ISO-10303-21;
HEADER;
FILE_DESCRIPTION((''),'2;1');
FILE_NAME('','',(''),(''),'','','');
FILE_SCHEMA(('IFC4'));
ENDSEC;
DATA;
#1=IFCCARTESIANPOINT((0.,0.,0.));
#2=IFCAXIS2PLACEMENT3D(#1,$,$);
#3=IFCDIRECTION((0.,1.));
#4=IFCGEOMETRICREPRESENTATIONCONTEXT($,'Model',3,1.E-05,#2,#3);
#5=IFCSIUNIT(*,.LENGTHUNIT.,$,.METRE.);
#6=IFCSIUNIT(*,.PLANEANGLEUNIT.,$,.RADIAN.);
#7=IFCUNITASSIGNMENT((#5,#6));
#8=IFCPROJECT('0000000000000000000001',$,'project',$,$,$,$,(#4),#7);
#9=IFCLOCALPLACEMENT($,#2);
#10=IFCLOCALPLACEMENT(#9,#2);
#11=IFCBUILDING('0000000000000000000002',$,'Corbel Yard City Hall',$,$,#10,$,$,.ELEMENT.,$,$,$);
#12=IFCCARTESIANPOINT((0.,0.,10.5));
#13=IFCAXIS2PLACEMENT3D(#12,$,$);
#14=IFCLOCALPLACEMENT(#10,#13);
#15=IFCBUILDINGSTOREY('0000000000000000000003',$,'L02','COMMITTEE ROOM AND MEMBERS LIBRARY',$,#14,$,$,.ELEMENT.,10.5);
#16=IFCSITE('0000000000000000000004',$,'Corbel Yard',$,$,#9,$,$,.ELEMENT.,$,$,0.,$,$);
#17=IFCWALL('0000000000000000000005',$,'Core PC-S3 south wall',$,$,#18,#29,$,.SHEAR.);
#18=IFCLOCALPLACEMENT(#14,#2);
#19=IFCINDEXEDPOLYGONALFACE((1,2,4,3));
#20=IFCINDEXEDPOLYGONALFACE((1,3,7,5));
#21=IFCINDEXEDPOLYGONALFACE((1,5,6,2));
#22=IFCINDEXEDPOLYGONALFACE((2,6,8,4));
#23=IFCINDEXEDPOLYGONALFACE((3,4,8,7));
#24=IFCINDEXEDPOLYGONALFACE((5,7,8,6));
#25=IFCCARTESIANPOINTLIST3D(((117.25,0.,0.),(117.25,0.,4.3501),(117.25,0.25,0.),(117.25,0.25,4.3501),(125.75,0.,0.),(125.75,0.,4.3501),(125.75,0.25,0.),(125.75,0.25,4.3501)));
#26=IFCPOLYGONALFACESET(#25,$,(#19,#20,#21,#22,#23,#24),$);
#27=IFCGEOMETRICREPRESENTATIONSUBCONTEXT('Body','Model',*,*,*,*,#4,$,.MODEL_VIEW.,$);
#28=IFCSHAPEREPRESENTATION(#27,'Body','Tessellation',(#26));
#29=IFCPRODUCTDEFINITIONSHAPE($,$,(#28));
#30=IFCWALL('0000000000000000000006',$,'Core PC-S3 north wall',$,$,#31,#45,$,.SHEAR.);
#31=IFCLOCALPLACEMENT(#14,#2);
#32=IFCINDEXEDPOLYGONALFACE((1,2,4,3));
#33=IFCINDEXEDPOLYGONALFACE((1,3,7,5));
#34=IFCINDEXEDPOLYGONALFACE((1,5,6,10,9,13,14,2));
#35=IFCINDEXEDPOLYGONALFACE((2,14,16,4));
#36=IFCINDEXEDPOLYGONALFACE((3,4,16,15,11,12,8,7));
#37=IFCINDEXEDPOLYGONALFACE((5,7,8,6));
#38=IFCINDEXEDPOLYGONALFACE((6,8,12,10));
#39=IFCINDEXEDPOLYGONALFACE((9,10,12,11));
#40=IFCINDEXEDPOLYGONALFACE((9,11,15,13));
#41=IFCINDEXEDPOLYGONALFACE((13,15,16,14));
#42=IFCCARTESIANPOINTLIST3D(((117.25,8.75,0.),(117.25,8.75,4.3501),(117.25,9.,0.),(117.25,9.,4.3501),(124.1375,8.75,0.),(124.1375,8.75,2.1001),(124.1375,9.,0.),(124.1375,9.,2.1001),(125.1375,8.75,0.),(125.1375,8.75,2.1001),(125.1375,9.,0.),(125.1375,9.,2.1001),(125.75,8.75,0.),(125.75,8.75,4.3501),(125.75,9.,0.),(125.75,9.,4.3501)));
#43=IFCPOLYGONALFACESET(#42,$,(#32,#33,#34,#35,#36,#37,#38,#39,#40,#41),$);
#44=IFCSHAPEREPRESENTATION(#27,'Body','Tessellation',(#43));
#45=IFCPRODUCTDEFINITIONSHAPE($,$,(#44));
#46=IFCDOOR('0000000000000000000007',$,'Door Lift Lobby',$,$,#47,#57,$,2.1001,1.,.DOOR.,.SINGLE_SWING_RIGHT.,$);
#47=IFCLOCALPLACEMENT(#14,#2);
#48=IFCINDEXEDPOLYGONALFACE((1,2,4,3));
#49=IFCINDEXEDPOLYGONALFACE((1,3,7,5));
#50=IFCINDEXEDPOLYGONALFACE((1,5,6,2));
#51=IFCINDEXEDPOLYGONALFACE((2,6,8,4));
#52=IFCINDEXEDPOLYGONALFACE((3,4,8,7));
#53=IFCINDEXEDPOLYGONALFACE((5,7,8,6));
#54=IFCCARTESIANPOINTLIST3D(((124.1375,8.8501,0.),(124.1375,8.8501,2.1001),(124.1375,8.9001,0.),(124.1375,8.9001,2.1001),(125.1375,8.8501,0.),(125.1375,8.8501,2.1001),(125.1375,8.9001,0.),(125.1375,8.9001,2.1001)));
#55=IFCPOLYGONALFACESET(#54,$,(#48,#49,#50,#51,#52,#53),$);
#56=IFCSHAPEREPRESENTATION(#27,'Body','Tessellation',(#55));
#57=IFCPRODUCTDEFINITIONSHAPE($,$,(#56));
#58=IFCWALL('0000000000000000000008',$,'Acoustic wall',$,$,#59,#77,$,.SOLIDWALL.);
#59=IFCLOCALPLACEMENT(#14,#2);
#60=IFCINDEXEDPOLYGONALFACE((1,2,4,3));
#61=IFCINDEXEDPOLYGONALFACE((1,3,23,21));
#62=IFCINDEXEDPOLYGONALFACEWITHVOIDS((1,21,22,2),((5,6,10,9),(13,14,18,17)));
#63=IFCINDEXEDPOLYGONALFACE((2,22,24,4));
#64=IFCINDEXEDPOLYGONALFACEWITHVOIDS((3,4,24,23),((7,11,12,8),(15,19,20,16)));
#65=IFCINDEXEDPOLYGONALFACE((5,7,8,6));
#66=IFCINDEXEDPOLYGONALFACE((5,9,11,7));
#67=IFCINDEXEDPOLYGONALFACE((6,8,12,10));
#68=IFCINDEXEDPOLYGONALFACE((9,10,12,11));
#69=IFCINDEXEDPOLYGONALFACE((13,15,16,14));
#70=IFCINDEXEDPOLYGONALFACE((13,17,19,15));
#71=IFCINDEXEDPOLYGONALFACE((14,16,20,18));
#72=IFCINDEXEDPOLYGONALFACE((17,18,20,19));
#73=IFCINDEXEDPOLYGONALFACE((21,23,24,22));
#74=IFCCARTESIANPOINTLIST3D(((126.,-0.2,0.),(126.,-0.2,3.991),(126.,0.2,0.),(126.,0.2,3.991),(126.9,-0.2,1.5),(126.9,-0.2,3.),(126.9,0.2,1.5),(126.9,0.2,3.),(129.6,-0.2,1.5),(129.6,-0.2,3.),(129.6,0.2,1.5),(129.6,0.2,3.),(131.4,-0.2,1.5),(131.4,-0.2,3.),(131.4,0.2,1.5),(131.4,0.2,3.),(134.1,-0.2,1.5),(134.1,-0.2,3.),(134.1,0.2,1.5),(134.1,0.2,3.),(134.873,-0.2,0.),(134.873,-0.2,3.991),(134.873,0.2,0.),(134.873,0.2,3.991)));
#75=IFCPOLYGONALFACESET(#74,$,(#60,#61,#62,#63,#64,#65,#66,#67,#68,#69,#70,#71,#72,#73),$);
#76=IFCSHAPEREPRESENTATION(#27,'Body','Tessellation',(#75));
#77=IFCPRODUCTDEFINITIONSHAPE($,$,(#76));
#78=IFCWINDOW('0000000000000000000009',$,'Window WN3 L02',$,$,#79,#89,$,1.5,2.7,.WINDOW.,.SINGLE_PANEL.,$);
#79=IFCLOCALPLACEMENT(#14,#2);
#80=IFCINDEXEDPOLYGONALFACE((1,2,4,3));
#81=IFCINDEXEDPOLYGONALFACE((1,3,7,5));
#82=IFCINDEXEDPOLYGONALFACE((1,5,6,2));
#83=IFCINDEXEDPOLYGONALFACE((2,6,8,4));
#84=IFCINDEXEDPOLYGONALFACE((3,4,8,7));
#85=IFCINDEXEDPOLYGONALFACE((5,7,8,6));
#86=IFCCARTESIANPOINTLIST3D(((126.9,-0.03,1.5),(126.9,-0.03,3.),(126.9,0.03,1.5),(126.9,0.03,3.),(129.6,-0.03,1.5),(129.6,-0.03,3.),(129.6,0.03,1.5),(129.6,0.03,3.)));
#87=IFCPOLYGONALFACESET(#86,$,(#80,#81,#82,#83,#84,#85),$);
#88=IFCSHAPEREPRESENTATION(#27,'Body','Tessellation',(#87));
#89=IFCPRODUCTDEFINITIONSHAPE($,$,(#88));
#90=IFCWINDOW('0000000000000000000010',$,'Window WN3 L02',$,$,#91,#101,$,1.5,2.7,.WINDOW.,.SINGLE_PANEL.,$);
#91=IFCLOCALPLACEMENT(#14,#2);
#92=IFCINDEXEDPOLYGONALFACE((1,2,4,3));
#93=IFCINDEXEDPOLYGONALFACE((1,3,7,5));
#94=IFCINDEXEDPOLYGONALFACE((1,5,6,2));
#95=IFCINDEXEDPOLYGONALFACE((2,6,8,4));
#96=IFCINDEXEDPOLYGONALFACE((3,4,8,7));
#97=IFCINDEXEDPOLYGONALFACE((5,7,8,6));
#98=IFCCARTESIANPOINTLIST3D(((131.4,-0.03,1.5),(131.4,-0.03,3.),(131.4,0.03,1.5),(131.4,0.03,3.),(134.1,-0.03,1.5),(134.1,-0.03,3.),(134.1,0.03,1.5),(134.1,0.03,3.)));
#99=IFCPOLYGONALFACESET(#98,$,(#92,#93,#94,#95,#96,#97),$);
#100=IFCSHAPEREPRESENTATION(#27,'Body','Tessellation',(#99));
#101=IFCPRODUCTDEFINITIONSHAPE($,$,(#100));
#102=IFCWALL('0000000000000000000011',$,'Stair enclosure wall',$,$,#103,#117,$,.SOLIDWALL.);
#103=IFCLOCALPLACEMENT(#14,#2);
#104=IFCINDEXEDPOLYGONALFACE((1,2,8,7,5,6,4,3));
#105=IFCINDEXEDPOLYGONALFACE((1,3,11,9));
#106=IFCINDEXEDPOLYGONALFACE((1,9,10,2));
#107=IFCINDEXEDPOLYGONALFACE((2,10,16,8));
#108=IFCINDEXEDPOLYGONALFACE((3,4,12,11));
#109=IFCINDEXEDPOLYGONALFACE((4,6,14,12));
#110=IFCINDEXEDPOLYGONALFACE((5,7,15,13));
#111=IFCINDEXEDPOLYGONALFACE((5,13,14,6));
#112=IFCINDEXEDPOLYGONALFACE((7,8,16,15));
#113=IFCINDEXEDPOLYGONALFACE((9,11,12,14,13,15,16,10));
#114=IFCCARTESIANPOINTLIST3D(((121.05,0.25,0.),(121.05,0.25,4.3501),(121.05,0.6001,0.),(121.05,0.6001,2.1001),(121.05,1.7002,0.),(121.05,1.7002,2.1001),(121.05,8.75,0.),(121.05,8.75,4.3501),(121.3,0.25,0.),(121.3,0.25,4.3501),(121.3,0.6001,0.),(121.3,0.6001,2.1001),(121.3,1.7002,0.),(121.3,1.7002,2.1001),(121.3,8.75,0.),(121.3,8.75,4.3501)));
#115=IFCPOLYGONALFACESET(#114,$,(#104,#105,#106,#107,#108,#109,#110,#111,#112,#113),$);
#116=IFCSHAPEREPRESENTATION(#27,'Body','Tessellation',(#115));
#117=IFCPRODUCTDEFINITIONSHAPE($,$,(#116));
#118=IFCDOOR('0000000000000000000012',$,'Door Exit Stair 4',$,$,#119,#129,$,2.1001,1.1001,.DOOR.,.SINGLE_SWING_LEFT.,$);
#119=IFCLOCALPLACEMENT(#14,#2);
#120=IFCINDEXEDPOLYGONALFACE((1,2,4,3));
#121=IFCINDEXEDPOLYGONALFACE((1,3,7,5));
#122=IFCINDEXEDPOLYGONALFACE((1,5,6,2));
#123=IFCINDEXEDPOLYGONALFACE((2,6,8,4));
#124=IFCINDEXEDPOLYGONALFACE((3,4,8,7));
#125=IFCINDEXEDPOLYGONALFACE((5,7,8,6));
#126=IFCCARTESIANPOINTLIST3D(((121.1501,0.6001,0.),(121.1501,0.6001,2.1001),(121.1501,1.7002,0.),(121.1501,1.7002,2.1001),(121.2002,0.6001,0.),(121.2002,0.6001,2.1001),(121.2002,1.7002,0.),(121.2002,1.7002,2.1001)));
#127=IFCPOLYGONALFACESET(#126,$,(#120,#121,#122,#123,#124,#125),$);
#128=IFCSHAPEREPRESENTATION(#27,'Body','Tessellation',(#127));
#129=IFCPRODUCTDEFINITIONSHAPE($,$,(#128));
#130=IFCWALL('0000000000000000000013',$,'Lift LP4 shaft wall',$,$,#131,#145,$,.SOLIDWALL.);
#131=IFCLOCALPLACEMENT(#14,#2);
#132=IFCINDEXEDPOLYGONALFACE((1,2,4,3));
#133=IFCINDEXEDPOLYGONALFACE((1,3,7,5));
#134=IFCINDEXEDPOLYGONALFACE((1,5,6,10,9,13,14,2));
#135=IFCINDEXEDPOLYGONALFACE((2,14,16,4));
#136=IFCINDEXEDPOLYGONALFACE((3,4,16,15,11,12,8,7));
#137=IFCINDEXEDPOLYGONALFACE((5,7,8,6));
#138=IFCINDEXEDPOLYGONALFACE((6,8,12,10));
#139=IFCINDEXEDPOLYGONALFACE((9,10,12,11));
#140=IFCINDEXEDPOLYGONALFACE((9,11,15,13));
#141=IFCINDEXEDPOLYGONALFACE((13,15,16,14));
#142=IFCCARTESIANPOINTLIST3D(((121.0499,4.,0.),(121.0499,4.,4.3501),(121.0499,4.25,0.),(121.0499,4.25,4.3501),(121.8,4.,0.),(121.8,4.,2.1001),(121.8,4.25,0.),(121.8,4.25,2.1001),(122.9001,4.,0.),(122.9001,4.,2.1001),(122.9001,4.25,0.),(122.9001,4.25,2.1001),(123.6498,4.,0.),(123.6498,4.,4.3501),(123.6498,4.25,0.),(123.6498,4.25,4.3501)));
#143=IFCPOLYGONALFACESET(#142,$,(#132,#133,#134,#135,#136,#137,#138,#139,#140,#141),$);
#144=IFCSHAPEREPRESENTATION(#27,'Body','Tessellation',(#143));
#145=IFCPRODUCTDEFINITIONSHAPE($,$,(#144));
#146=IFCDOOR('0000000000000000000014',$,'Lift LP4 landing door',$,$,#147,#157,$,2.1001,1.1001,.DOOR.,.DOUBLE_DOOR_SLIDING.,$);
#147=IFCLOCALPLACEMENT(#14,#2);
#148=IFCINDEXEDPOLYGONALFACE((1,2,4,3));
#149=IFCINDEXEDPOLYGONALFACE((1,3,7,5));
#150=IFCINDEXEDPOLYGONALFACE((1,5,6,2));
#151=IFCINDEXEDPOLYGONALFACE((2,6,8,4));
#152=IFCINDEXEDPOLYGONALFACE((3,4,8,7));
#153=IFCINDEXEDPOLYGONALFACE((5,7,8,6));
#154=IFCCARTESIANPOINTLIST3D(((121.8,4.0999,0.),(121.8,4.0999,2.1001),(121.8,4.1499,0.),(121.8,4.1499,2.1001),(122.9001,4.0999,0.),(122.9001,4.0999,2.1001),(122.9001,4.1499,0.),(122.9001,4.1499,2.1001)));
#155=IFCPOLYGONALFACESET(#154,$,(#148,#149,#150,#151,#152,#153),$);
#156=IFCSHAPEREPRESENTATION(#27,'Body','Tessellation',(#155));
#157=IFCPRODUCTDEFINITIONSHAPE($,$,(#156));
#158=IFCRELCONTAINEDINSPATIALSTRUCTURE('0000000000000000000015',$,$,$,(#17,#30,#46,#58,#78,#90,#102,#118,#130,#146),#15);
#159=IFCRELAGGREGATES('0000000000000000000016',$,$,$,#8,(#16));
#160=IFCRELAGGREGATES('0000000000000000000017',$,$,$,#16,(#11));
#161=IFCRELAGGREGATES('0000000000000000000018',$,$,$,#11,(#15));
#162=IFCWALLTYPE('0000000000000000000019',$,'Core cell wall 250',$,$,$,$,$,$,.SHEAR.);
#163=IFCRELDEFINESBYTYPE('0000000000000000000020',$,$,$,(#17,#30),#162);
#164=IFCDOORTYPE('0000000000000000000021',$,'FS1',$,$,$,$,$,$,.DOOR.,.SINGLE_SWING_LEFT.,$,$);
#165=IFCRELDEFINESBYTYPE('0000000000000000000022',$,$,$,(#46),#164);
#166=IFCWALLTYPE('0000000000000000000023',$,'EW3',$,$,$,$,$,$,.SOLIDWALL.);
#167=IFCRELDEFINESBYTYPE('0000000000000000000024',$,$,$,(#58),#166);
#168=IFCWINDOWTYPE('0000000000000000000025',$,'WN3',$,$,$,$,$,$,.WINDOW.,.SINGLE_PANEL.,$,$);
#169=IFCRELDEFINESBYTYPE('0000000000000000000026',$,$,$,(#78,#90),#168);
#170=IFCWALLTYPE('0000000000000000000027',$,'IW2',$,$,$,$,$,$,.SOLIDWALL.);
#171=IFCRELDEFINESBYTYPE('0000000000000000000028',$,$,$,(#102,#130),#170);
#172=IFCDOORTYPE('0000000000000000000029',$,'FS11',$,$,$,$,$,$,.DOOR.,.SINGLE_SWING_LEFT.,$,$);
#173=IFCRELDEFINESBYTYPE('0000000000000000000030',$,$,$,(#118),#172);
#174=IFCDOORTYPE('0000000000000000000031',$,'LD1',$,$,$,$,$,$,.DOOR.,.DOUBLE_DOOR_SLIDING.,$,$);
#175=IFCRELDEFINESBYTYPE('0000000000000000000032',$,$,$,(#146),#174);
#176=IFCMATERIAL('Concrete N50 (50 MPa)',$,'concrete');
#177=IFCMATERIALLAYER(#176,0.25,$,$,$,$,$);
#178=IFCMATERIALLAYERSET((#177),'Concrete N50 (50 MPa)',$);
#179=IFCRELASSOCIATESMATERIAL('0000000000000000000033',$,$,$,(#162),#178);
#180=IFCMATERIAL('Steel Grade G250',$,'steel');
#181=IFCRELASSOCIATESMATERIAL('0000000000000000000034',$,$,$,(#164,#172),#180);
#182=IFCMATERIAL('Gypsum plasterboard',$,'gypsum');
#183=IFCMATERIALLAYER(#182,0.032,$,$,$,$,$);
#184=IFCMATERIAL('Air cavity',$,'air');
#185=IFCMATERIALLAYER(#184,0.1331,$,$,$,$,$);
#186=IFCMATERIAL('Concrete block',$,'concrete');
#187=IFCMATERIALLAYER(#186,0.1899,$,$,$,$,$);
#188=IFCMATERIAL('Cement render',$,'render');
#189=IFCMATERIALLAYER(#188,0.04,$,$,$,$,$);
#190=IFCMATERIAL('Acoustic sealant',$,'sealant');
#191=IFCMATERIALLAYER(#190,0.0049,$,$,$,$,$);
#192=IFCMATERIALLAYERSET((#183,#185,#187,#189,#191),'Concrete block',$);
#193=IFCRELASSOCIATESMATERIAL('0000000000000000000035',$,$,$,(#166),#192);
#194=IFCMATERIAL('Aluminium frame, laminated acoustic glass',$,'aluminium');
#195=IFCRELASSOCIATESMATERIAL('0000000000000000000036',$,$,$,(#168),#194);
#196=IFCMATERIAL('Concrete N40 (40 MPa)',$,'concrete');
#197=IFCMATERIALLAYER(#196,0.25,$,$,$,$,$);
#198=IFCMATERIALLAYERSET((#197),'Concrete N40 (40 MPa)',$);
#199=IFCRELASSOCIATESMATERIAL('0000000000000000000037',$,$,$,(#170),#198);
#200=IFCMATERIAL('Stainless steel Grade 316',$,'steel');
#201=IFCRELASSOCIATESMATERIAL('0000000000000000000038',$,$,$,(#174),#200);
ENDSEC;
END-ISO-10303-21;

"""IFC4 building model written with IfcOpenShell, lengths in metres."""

from ifc_helpers import new_model, si_unit, direction, frame, frame_2d, origin, place, context, subcontext, project, spatial, rectangle, extrude, material, layer, layer_set, type_object, element, fill, save


model = new_model("IFC4")

# Units and contexts
model_context = context("Model", 3, precision=1e-05, world=origin(), true_north=direction((0.0, 1.0)))
body_context = subcontext(model_context, "Body", "Model", "MODEL_VIEW")
ifc_project = project(units=[si_unit("LENGTHUNIT", "METRE"), si_unit("PLANEANGLEUNIT", "RADIAN")], contexts=[model_context])

# Site, building, storey
site_placement = place(None, origin())
site = spatial("IfcSite", under=ifc_project, at=site_placement, Name="Corbel Yard", CompositionType="ELEMENT", RefElevation=0.0)
building_placement = place(site_placement, origin())
building = spatial("IfcBuilding", under=site, at=building_placement, Name="Corbel Yard City Hall", CompositionType="ELEMENT")
storey_placement = place(building_placement, frame((0.0, 0.0, 10.5)))
storey = spatial("IfcBuildingStorey", under=building, at=storey_placement, Name="L02", Description="COMMITTEE ROOM AND MEMBERS LIBRARY", CompositionType="ELEMENT", Elevation=10.5)

# Wall
ifc_material_1 = material(Name="Concrete N50 (50 MPa)", Category="concrete")
ifc_layer_1 = layer(ifc_material_1, 0.25)
ifc_layer_set_1 = layer_set([ifc_layer_1], Name="Concrete N50 (50 MPa)")
wall_type_1 = type_object("IfcWallType", Name="Core cell wall 250", PredefinedType="SHEAR", material=ifc_layer_set_1)
wall_1_placement = place(storey_placement, frame((117.25, 0.125, 0.0), z_axis=(0.0, 0.0, 1.0), x_axis=(1.0, 0.0, 0.0)))
element("IfcWall", 1, at=wall_1_placement, inside=storey, type_object=wall_type_1, Name="Core PC-S3 south wall", PredefinedType="SHEAR", context=body_context, shape_type="SweptSolid", body=[
    extrude(rectangle(XDim=8.5, YDim=0.25, at=frame_2d((4.25, 0.0))), origin(), (0.0, 0.0, 1.0), 4.3501),
])

# Wall, opening, door
wall_2_placement = place(storey_placement, frame((117.25, 8.875, 0.0), z_axis=(0.0, 0.0, 1.0), x_axis=(1.0, 0.0, 0.0)))
wall_2 = element("IfcWall", 2, at=wall_2_placement, inside=storey, type_object=wall_type_1, Name="Core PC-S3 north wall", PredefinedType="SHEAR", context=body_context, shape_type="SweptSolid", body=[
    extrude(rectangle(XDim=8.5, YDim=0.25, at=frame_2d((4.25, 0.0))), origin(), (0.0, 0.0, 1.0), 4.3501),
])
opening_1_placement = place(wall_2_placement, frame((6.8875, 0.0, 0.0)))
opening_1 = element("IfcOpeningElement", 3, at=opening_1_placement, cuts=wall_2, PredefinedType="OPENING", context=body_context, shape_type="SweptSolid", body=[
    extrude(rectangle(XDim=1.0, YDim=2.1001, at=frame_2d((0.5, 1.05))), frame((0.0, 0.135, 0.0), z_axis=(0.0, -1.0, 0.0), x_axis=(1.0, 0.0, 0.0)), (0.0, 0.0, 1.0), 0.27),
])
ifc_material_2 = material(Name="Steel Grade G250", Category="steel")
door_type_1 = type_object("IfcDoorType", Name="FS1", OperationType="SINGLE_SWING_LEFT", PredefinedType="DOOR", material=ifc_material_2)
door_1_placement = place(opening_1_placement, frame((1.0, 0.0, 0.0), z_axis=(0.0, 0.0, 1.0), x_axis=(-1.0, 0.0, 0.0)))
door_1 = element("IfcDoor", 4, at=door_1_placement, inside=storey, type_object=door_type_1, Name="Door Lift Lobby", OperationType="SINGLE_SWING_RIGHT", OverallHeight=2.1001, OverallWidth=1.0, PredefinedType="DOOR", context=body_context, shape_type="SweptSolid", body=[
    extrude(rectangle(XDim=1.0, YDim=2.1001, at=frame_2d((0.5, 1.05))), frame((0.0, 0.0249, 0.0), z_axis=(0.0, -1.0, 0.0), x_axis=(1.0, 0.0, 0.0)), (0.0, 0.0, 1.0), 0.05),
])
fill(opening_1, door_1)

# Wall, openings, windows
ifc_material_3 = material(Name="Gypsum plasterboard", Category="gypsum")
ifc_layer_2 = layer(ifc_material_3, 0.032)
ifc_material_4 = material(Name="Air cavity", Category="air")
ifc_layer_3 = layer(ifc_material_4, 0.1331)
ifc_material_5 = material(Name="Concrete block", Category="concrete")
ifc_layer_4 = layer(ifc_material_5, 0.1899)
ifc_material_6 = material(Name="Cement render", Category="render")
ifc_layer_5 = layer(ifc_material_6, 0.04)
ifc_material_7 = material(Name="Acoustic sealant", Category="sealant")
ifc_layer_6 = layer(ifc_material_7, 0.0049)
ifc_layer_set_2 = layer_set([ifc_layer_2, ifc_layer_3, ifc_layer_4, ifc_layer_5, ifc_layer_6], Name="Concrete block")
wall_type_2 = type_object("IfcWallType", Name="EW3", PredefinedType="SOLIDWALL", material=ifc_layer_set_2)
wall_3_placement = place(storey_placement, frame((126.0, 0.0, 0.0), z_axis=(0.0, 0.0, 1.0), x_axis=(1.0, 0.0, 0.0)))
wall_3 = element("IfcWall", 5, at=wall_3_placement, inside=storey, type_object=wall_type_2, Name="Acoustic wall", PredefinedType="SOLIDWALL", context=body_context, shape_type="SweptSolid", body=[
    extrude(rectangle(XDim=8.873, YDim=0.3999, at=frame_2d((4.4365, 0.0))), origin(), (0.0, 0.0, 1.0), 3.991),
])
opening_2_placement = place(wall_3_placement, frame((0.8999, 0.0, 1.5)))
opening_2 = element("IfcOpeningElement", 6, at=opening_2_placement, cuts=wall_3, PredefinedType="OPENING", context=body_context, shape_type="SweptSolid", body=[
    extrude(rectangle(XDim=2.7, YDim=1.5, at=frame_2d((1.3501, 0.75))), frame((0.0, 0.21, 0.0), z_axis=(0.0, -1.0, 0.0), x_axis=(1.0, 0.0, 0.0)), (0.0, 0.0, 1.0), 0.4199),
])
opening_3_placement = place(wall_3_placement, frame((5.3999, 0.0, 1.5)))
opening_3 = element("IfcOpeningElement", 7, at=opening_3_placement, cuts=wall_3, PredefinedType="OPENING", context=body_context, shape_type="SweptSolid", body=[
    extrude(rectangle(XDim=2.7, YDim=1.5, at=frame_2d((1.3501, 0.75))), frame((0.0, 0.21, 0.0), z_axis=(0.0, -1.0, 0.0), x_axis=(1.0, 0.0, 0.0)), (0.0, 0.0, 1.0), 0.4199),
])
ifc_material_8 = material(Name="Aluminium frame, laminated acoustic glass", Category="aluminium")
window_type = type_object("IfcWindowType", Name="WN3", PartitioningType="SINGLE_PANEL", PredefinedType="WINDOW", material=ifc_material_8)
window_1_placement = place(opening_2_placement, origin())
window_1 = element("IfcWindow", 8, at=window_1_placement, inside=storey, type_object=window_type, Name="Window WN3 L02", OverallHeight=1.5, OverallWidth=2.7, PartitioningType="SINGLE_PANEL", PredefinedType="WINDOW", context=body_context, shape_type="SweptSolid", body=[
    extrude(rectangle(XDim=2.7, YDim=1.5, at=frame_2d((1.3501, 0.75))), frame((0.0, 0.03, 0.0), z_axis=(0.0, -1.0, 0.0), x_axis=(1.0, 0.0, 0.0)), (0.0, 0.0, 1.0), 0.0601),
])
fill(opening_2, window_1)
window_2_placement = place(opening_3_placement, origin())
window_2 = element("IfcWindow", 9, at=window_2_placement, inside=storey, type_object=window_type, Name="Window WN3 L02", OverallHeight=1.5, OverallWidth=2.7, PartitioningType="SINGLE_PANEL", PredefinedType="WINDOW", context=body_context, shape_type="SweptSolid", body=[
    extrude(rectangle(XDim=2.7, YDim=1.5, at=frame_2d((1.3501, 0.75))), frame((0.0, 0.03, 0.0), z_axis=(0.0, -1.0, 0.0), x_axis=(1.0, 0.0, 0.0)), (0.0, 0.0, 1.0), 0.0601),
])
fill(opening_3, window_2)

# Walls, openings, doors
ifc_material_9 = material(Name="Concrete N40 (40 MPa)", Category="concrete")
ifc_layer_7 = layer(ifc_material_9, 0.25)
ifc_layer_set_3 = layer_set([ifc_layer_7], Name="Concrete N40 (40 MPa)")
wall_type_3 = type_object("IfcWallType", Name="IW2", PredefinedType="SOLIDWALL", material=ifc_layer_set_3)
wall_4_placement = place(storey_placement, frame((121.175, 0.25, 0.0), z_axis=(0.0, 0.0, 1.0), x_axis=(0.0, 1.0, 0.0)))
wall_4 = element("IfcWall", 10, at=wall_4_placement, inside=storey, type_object=wall_type_3, Name="Stair enclosure wall", PredefinedType="SOLIDWALL", context=body_context, shape_type="SweptSolid", body=[
    extrude(rectangle(XDim=8.5, YDim=0.25, at=frame_2d((4.25, 0.0))), origin(), (0.0, 0.0, 1.0), 4.3501),
])
opening_4_placement = place(wall_4_placement, frame((0.3501, 0.0, 0.0)))
opening_4 = element("IfcOpeningElement", 11, at=opening_4_placement, cuts=wall_4, PredefinedType="OPENING", context=body_context, shape_type="SweptSolid", body=[
    extrude(rectangle(XDim=1.1001, YDim=2.1001, at=frame_2d((0.55, 1.05))), frame((0.0, 0.135, 0.0), z_axis=(0.0, -1.0, 0.0), x_axis=(1.0, 0.0, 0.0)), (0.0, 0.0, 1.0), 0.27),
])
door_type_2 = type_object("IfcDoorType", Name="FS11", OperationType="SINGLE_SWING_LEFT", PredefinedType="DOOR", material=ifc_material_2)
door_2_placement = place(opening_4_placement, origin())
door_2 = element("IfcDoor", 12, at=door_2_placement, inside=storey, type_object=door_type_2, Name="Door Exit Stair 4", OperationType="SINGLE_SWING_LEFT", OverallHeight=2.1001, OverallWidth=1.1001, PredefinedType="DOOR", context=body_context, shape_type="SweptSolid", body=[
    extrude(rectangle(XDim=1.1001, YDim=2.1001, at=frame_2d((0.55, 1.05))), frame((0.0, 0.0249, 0.0), z_axis=(0.0, -1.0, 0.0), x_axis=(1.0, 0.0, 0.0)), (0.0, 0.0, 1.0), 0.05),
])
fill(opening_4, door_2)
wall_5_placement = place(storey_placement, frame((121.05, 4.125, 0.0), z_axis=(0.0, 0.0, 1.0), x_axis=(1.0, 0.0, 0.0)))
wall_5 = element("IfcWall", 13, at=wall_5_placement, inside=storey, type_object=wall_type_3, Name="Lift LP4 shaft wall", PredefinedType="SOLIDWALL", context=body_context, shape_type="SweptSolid", body=[
    extrude(rectangle(XDim=2.5999, YDim=0.25, at=frame_2d((1.2998, 0.0))), origin(), (0.0, 0.0, 1.0), 4.3501),
])
opening_5_placement = place(wall_5_placement, frame((0.75, 0.0, 0.0)))
opening_5 = element("IfcOpeningElement", 14, at=opening_5_placement, cuts=wall_5, PredefinedType="OPENING", context=body_context, shape_type="SweptSolid", body=[
    extrude(rectangle(XDim=1.1001, YDim=2.1001, at=frame_2d((0.55, 1.05))), frame((0.0, 0.135, 0.0), z_axis=(0.0, -1.0, 0.0), x_axis=(1.0, 0.0, 0.0)), (0.0, 0.0, 1.0), 0.27),
])
ifc_material_10 = material(Name="Stainless steel Grade 316", Category="steel")
door_type_3 = type_object("IfcDoorType", Name="LD1", OperationType="DOUBLE_DOOR_SLIDING", PredefinedType="DOOR", material=ifc_material_10)
door_3_placement = place(opening_5_placement, origin())
door_3 = element("IfcDoor", 15, at=door_3_placement, inside=storey, type_object=door_type_3, Name="Lift LP4 landing door", OperationType="DOUBLE_DOOR_SLIDING", OverallHeight=2.1001, OverallWidth=1.1001, PredefinedType="DOOR", context=body_context, shape_type="SweptSolid", body=[
    extrude(rectangle(XDim=1.1001, YDim=2.1001, at=frame_2d((0.55, 1.05))), frame((0.0, 0.0249, 0.0), z_axis=(0.0, -1.0, 0.0), x_axis=(1.0, 0.0, 0.0)), (0.0, 0.0, 1.0), 0.05),
])
fill(opening_5, door_3)

save(model, "model.ifc")
